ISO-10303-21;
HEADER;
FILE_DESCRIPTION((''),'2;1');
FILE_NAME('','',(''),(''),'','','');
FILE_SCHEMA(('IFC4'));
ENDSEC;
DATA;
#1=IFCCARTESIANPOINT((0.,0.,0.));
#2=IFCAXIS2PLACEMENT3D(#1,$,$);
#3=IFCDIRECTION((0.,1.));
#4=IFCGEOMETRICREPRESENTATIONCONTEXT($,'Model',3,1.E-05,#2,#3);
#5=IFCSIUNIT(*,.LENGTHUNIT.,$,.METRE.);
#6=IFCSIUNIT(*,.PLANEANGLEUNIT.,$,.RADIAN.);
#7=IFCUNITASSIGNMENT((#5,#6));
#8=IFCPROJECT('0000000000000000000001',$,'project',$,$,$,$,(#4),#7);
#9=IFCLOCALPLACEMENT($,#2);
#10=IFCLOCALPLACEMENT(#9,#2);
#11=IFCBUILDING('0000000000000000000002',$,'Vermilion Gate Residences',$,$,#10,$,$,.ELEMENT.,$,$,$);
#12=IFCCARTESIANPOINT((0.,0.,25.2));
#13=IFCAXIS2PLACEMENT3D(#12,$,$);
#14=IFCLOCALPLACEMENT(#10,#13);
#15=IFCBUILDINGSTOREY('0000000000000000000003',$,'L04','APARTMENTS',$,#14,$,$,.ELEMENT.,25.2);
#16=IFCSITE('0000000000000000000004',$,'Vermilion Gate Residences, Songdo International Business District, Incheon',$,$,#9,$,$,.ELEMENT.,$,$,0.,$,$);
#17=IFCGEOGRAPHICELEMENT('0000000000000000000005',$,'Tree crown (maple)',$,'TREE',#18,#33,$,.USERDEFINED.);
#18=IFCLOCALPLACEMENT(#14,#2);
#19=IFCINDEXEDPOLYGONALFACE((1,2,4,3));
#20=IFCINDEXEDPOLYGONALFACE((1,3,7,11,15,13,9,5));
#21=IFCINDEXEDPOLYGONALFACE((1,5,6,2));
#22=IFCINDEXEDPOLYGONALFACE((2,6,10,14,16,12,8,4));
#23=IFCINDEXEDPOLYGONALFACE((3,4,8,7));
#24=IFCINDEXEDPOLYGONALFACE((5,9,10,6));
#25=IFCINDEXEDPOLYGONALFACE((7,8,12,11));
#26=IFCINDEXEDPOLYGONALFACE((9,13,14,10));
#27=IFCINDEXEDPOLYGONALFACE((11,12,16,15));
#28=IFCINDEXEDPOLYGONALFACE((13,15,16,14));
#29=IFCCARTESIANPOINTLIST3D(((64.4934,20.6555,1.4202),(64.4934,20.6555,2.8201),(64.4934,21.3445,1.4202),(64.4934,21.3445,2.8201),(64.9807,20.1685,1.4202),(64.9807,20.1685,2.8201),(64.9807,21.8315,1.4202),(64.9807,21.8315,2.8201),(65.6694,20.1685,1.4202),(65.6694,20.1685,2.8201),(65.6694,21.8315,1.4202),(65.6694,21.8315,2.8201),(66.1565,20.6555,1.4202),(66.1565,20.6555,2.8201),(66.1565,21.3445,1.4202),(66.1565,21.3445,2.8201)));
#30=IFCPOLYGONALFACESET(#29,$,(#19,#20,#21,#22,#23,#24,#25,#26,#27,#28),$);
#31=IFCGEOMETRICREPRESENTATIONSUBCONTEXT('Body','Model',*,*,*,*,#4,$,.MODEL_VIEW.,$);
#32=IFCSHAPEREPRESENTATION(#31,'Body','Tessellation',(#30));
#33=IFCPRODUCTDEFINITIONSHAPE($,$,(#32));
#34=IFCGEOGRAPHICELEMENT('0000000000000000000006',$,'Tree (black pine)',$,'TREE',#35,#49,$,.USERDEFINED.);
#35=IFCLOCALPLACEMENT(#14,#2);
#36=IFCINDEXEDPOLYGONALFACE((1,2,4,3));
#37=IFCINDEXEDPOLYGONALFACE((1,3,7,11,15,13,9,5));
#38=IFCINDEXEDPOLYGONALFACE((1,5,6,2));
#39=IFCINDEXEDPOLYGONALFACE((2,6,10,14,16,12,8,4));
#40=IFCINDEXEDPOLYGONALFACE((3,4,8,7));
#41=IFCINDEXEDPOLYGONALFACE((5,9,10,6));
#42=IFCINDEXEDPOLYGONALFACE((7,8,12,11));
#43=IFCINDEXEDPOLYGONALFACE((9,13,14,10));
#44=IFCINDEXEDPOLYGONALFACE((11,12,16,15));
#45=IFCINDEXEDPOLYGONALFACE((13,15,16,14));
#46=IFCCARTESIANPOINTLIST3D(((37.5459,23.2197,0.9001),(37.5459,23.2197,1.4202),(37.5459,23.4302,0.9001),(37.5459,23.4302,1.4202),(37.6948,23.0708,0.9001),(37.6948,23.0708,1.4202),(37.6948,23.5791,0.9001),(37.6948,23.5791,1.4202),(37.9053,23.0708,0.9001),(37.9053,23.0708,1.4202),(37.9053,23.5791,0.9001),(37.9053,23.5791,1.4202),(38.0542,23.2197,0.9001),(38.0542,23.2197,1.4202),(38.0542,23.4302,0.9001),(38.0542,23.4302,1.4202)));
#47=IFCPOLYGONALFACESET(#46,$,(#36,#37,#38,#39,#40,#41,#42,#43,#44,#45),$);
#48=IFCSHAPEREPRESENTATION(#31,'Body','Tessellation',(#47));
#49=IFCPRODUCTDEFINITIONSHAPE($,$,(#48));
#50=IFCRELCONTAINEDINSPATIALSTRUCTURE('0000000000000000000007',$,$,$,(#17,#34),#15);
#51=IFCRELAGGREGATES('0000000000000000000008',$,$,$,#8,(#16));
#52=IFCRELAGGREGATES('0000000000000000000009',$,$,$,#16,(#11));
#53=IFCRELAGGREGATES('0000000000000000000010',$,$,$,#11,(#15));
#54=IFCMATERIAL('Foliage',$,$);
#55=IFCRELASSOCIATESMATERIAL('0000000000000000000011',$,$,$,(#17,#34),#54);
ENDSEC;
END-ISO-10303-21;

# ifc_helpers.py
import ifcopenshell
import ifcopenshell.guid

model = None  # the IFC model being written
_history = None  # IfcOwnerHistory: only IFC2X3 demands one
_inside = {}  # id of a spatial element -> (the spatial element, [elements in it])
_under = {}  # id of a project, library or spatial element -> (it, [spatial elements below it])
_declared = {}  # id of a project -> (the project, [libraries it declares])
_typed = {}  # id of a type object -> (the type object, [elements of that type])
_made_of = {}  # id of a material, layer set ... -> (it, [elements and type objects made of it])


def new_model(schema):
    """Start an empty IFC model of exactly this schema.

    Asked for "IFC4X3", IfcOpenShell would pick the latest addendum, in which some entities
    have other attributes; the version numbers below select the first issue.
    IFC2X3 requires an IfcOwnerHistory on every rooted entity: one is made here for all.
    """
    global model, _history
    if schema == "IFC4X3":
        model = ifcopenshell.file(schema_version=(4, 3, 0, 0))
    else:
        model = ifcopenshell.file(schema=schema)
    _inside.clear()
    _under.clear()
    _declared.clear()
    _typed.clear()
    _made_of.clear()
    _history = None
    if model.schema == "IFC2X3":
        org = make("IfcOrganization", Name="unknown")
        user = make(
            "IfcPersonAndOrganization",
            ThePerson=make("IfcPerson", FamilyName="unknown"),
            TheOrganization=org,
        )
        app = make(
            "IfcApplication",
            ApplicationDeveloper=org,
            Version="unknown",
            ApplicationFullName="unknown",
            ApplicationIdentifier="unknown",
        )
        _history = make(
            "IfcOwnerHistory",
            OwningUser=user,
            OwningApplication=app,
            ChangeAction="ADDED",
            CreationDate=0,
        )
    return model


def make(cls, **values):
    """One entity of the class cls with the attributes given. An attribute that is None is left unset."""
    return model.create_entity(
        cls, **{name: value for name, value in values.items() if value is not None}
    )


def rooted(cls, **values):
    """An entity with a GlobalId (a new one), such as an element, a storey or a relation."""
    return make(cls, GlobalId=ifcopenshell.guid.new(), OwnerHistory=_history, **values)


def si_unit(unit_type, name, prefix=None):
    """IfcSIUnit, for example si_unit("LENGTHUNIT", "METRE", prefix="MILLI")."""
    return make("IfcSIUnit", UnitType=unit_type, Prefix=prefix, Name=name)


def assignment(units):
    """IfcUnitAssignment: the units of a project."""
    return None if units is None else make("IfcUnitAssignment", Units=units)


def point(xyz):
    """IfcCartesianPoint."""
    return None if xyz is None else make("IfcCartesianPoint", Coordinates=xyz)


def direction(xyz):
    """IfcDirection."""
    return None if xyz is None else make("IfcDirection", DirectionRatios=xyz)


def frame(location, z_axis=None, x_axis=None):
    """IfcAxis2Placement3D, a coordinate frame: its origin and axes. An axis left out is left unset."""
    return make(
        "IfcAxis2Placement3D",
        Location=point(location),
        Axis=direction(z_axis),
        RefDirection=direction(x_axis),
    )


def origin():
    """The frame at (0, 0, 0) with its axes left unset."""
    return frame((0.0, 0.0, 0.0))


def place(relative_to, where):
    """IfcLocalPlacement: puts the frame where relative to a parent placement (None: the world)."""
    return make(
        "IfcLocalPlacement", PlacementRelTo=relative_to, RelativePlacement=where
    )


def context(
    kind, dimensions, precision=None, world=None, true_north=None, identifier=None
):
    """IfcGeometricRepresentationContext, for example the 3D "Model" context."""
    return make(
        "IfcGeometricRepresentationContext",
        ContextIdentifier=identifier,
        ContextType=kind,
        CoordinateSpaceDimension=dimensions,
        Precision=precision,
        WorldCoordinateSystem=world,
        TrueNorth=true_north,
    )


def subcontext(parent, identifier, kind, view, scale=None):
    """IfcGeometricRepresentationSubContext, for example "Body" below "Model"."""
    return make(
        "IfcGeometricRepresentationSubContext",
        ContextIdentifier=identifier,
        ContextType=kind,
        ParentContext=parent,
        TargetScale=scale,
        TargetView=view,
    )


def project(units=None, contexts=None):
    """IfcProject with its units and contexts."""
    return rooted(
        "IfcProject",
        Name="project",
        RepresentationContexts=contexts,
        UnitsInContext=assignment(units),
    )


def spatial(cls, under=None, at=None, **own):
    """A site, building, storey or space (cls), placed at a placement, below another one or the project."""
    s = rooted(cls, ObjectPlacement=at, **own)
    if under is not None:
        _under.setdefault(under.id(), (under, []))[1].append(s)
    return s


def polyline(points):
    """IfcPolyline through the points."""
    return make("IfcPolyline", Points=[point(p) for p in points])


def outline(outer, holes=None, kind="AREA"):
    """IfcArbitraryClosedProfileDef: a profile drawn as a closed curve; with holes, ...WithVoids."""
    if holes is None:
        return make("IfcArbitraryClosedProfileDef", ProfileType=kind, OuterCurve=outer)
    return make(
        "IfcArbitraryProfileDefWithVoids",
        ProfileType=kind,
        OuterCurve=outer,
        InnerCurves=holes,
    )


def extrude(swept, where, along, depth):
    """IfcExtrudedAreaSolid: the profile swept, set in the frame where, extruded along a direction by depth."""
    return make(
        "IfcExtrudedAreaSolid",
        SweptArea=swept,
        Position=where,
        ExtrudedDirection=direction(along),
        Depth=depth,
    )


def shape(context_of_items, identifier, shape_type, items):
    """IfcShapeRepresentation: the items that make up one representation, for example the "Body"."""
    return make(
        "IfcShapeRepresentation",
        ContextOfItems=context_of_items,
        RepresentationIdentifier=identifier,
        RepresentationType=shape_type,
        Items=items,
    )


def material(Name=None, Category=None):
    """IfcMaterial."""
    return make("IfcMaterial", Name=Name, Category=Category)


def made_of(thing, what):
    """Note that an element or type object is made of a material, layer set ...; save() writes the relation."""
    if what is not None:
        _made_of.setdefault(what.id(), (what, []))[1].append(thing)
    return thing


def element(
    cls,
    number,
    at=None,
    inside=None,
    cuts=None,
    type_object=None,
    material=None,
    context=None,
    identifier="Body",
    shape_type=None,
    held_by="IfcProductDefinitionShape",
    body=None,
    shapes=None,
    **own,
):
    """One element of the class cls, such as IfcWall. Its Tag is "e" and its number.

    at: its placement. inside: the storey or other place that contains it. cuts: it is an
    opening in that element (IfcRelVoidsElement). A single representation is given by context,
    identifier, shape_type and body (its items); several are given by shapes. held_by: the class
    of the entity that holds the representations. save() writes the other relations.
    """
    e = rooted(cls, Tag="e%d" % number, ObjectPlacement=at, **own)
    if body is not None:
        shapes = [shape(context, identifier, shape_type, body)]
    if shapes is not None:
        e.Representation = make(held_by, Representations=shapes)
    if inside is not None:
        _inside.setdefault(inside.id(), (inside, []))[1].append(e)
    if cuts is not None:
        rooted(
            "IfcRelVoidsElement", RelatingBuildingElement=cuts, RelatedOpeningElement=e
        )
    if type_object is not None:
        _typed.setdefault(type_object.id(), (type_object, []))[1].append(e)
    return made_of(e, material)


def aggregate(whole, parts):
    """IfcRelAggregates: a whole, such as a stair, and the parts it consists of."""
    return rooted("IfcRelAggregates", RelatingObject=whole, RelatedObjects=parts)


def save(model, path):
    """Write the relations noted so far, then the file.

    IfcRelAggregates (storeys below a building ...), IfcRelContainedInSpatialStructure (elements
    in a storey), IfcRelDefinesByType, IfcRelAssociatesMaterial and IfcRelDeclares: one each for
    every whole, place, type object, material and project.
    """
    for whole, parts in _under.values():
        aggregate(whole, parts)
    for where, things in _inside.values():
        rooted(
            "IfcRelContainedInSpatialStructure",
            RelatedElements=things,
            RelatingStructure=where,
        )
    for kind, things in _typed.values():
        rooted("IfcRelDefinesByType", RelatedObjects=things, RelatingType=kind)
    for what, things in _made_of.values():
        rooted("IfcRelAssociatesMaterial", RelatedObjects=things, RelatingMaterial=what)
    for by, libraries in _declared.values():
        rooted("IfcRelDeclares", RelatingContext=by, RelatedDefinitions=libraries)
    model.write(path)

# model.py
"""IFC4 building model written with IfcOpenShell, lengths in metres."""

from ifc_helpers import new_model, si_unit, direction, frame, origin, place, context, subcontext, project, spatial, polyline, outline, extrude, material, element, save


model = new_model("IFC4")

# Units and contexts
model_context = context("Model", 3, precision=1e-05, world=origin(), true_north=direction((0.0, 1.0)))
body_context = subcontext(model_context, "Body", "Model", "MODEL_VIEW")
ifc_project = project(units=[si_unit("LENGTHUNIT", "METRE"), si_unit("PLANEANGLEUNIT", "RADIAN")], contexts=[model_context])

# Site, building, storey
site_placement = place(None, origin())
site = spatial("IfcSite", under=ifc_project, at=site_placement, Name="Vermilion Gate Residences, Songdo International Business District, Incheon", CompositionType="ELEMENT", RefElevation=0.0)
building_placement = place(site_placement, origin())
building = spatial("IfcBuilding", under=site, at=building_placement, Name="Vermilion Gate Residences", CompositionType="ELEMENT")
storey_placement = place(building_placement, frame((0.0, 0.0, 25.2)))
storey = spatial("IfcBuildingStorey", under=building, at=storey_placement, Name="L04", Description="APARTMENTS", CompositionType="ELEMENT", Elevation=25.2)

# Geographic elements
ifc_material_1 = material(Name="Foliage")
geographic_element_1_placement = place(storey_placement, frame((0.0, 0.0, 1.4202)))
element("IfcGeographicElement", 1, at=geographic_element_1_placement, inside=storey, material=ifc_material_1, Name="Tree crown (maple)", ObjectType="TREE", PredefinedType="USERDEFINED", context=body_context, shape_type="SweptSolid", body=[
    extrude(outline(polyline([(66.1565, 21.3445), (65.6694, 21.8315), (64.9807, 21.8315), (64.4934, 21.3445), (64.4934, 20.6555), (64.9807, 20.1685), (65.6694, 20.1685), (66.1565, 20.6555), (66.1565, 21.3445)])), origin(), (0.0, 0.0, 1.0), 1.3999),
])
geographic_element_2_placement = place(storey_placement, frame((0.0, 0.0, 0.9001)))
element("IfcGeographicElement", 2, at=geographic_element_2_placement, inside=storey, material=ifc_material_1, Name="Tree (black pine)", ObjectType="TREE", PredefinedType="USERDEFINED", context=body_context, shape_type="SweptSolid", body=[
    extrude(outline(polyline([(38.0542, 23.4302), (37.9053, 23.5791), (37.6948, 23.5791), (37.5459, 23.4302), (37.5459, 23.2197), (37.6948, 23.0708), (37.9053, 23.0708), (38.0542, 23.2197), (38.0542, 23.4302)])), origin(), (0.0, 0.0, 1.0), 0.52),
])

save(model, "model.ifc")
